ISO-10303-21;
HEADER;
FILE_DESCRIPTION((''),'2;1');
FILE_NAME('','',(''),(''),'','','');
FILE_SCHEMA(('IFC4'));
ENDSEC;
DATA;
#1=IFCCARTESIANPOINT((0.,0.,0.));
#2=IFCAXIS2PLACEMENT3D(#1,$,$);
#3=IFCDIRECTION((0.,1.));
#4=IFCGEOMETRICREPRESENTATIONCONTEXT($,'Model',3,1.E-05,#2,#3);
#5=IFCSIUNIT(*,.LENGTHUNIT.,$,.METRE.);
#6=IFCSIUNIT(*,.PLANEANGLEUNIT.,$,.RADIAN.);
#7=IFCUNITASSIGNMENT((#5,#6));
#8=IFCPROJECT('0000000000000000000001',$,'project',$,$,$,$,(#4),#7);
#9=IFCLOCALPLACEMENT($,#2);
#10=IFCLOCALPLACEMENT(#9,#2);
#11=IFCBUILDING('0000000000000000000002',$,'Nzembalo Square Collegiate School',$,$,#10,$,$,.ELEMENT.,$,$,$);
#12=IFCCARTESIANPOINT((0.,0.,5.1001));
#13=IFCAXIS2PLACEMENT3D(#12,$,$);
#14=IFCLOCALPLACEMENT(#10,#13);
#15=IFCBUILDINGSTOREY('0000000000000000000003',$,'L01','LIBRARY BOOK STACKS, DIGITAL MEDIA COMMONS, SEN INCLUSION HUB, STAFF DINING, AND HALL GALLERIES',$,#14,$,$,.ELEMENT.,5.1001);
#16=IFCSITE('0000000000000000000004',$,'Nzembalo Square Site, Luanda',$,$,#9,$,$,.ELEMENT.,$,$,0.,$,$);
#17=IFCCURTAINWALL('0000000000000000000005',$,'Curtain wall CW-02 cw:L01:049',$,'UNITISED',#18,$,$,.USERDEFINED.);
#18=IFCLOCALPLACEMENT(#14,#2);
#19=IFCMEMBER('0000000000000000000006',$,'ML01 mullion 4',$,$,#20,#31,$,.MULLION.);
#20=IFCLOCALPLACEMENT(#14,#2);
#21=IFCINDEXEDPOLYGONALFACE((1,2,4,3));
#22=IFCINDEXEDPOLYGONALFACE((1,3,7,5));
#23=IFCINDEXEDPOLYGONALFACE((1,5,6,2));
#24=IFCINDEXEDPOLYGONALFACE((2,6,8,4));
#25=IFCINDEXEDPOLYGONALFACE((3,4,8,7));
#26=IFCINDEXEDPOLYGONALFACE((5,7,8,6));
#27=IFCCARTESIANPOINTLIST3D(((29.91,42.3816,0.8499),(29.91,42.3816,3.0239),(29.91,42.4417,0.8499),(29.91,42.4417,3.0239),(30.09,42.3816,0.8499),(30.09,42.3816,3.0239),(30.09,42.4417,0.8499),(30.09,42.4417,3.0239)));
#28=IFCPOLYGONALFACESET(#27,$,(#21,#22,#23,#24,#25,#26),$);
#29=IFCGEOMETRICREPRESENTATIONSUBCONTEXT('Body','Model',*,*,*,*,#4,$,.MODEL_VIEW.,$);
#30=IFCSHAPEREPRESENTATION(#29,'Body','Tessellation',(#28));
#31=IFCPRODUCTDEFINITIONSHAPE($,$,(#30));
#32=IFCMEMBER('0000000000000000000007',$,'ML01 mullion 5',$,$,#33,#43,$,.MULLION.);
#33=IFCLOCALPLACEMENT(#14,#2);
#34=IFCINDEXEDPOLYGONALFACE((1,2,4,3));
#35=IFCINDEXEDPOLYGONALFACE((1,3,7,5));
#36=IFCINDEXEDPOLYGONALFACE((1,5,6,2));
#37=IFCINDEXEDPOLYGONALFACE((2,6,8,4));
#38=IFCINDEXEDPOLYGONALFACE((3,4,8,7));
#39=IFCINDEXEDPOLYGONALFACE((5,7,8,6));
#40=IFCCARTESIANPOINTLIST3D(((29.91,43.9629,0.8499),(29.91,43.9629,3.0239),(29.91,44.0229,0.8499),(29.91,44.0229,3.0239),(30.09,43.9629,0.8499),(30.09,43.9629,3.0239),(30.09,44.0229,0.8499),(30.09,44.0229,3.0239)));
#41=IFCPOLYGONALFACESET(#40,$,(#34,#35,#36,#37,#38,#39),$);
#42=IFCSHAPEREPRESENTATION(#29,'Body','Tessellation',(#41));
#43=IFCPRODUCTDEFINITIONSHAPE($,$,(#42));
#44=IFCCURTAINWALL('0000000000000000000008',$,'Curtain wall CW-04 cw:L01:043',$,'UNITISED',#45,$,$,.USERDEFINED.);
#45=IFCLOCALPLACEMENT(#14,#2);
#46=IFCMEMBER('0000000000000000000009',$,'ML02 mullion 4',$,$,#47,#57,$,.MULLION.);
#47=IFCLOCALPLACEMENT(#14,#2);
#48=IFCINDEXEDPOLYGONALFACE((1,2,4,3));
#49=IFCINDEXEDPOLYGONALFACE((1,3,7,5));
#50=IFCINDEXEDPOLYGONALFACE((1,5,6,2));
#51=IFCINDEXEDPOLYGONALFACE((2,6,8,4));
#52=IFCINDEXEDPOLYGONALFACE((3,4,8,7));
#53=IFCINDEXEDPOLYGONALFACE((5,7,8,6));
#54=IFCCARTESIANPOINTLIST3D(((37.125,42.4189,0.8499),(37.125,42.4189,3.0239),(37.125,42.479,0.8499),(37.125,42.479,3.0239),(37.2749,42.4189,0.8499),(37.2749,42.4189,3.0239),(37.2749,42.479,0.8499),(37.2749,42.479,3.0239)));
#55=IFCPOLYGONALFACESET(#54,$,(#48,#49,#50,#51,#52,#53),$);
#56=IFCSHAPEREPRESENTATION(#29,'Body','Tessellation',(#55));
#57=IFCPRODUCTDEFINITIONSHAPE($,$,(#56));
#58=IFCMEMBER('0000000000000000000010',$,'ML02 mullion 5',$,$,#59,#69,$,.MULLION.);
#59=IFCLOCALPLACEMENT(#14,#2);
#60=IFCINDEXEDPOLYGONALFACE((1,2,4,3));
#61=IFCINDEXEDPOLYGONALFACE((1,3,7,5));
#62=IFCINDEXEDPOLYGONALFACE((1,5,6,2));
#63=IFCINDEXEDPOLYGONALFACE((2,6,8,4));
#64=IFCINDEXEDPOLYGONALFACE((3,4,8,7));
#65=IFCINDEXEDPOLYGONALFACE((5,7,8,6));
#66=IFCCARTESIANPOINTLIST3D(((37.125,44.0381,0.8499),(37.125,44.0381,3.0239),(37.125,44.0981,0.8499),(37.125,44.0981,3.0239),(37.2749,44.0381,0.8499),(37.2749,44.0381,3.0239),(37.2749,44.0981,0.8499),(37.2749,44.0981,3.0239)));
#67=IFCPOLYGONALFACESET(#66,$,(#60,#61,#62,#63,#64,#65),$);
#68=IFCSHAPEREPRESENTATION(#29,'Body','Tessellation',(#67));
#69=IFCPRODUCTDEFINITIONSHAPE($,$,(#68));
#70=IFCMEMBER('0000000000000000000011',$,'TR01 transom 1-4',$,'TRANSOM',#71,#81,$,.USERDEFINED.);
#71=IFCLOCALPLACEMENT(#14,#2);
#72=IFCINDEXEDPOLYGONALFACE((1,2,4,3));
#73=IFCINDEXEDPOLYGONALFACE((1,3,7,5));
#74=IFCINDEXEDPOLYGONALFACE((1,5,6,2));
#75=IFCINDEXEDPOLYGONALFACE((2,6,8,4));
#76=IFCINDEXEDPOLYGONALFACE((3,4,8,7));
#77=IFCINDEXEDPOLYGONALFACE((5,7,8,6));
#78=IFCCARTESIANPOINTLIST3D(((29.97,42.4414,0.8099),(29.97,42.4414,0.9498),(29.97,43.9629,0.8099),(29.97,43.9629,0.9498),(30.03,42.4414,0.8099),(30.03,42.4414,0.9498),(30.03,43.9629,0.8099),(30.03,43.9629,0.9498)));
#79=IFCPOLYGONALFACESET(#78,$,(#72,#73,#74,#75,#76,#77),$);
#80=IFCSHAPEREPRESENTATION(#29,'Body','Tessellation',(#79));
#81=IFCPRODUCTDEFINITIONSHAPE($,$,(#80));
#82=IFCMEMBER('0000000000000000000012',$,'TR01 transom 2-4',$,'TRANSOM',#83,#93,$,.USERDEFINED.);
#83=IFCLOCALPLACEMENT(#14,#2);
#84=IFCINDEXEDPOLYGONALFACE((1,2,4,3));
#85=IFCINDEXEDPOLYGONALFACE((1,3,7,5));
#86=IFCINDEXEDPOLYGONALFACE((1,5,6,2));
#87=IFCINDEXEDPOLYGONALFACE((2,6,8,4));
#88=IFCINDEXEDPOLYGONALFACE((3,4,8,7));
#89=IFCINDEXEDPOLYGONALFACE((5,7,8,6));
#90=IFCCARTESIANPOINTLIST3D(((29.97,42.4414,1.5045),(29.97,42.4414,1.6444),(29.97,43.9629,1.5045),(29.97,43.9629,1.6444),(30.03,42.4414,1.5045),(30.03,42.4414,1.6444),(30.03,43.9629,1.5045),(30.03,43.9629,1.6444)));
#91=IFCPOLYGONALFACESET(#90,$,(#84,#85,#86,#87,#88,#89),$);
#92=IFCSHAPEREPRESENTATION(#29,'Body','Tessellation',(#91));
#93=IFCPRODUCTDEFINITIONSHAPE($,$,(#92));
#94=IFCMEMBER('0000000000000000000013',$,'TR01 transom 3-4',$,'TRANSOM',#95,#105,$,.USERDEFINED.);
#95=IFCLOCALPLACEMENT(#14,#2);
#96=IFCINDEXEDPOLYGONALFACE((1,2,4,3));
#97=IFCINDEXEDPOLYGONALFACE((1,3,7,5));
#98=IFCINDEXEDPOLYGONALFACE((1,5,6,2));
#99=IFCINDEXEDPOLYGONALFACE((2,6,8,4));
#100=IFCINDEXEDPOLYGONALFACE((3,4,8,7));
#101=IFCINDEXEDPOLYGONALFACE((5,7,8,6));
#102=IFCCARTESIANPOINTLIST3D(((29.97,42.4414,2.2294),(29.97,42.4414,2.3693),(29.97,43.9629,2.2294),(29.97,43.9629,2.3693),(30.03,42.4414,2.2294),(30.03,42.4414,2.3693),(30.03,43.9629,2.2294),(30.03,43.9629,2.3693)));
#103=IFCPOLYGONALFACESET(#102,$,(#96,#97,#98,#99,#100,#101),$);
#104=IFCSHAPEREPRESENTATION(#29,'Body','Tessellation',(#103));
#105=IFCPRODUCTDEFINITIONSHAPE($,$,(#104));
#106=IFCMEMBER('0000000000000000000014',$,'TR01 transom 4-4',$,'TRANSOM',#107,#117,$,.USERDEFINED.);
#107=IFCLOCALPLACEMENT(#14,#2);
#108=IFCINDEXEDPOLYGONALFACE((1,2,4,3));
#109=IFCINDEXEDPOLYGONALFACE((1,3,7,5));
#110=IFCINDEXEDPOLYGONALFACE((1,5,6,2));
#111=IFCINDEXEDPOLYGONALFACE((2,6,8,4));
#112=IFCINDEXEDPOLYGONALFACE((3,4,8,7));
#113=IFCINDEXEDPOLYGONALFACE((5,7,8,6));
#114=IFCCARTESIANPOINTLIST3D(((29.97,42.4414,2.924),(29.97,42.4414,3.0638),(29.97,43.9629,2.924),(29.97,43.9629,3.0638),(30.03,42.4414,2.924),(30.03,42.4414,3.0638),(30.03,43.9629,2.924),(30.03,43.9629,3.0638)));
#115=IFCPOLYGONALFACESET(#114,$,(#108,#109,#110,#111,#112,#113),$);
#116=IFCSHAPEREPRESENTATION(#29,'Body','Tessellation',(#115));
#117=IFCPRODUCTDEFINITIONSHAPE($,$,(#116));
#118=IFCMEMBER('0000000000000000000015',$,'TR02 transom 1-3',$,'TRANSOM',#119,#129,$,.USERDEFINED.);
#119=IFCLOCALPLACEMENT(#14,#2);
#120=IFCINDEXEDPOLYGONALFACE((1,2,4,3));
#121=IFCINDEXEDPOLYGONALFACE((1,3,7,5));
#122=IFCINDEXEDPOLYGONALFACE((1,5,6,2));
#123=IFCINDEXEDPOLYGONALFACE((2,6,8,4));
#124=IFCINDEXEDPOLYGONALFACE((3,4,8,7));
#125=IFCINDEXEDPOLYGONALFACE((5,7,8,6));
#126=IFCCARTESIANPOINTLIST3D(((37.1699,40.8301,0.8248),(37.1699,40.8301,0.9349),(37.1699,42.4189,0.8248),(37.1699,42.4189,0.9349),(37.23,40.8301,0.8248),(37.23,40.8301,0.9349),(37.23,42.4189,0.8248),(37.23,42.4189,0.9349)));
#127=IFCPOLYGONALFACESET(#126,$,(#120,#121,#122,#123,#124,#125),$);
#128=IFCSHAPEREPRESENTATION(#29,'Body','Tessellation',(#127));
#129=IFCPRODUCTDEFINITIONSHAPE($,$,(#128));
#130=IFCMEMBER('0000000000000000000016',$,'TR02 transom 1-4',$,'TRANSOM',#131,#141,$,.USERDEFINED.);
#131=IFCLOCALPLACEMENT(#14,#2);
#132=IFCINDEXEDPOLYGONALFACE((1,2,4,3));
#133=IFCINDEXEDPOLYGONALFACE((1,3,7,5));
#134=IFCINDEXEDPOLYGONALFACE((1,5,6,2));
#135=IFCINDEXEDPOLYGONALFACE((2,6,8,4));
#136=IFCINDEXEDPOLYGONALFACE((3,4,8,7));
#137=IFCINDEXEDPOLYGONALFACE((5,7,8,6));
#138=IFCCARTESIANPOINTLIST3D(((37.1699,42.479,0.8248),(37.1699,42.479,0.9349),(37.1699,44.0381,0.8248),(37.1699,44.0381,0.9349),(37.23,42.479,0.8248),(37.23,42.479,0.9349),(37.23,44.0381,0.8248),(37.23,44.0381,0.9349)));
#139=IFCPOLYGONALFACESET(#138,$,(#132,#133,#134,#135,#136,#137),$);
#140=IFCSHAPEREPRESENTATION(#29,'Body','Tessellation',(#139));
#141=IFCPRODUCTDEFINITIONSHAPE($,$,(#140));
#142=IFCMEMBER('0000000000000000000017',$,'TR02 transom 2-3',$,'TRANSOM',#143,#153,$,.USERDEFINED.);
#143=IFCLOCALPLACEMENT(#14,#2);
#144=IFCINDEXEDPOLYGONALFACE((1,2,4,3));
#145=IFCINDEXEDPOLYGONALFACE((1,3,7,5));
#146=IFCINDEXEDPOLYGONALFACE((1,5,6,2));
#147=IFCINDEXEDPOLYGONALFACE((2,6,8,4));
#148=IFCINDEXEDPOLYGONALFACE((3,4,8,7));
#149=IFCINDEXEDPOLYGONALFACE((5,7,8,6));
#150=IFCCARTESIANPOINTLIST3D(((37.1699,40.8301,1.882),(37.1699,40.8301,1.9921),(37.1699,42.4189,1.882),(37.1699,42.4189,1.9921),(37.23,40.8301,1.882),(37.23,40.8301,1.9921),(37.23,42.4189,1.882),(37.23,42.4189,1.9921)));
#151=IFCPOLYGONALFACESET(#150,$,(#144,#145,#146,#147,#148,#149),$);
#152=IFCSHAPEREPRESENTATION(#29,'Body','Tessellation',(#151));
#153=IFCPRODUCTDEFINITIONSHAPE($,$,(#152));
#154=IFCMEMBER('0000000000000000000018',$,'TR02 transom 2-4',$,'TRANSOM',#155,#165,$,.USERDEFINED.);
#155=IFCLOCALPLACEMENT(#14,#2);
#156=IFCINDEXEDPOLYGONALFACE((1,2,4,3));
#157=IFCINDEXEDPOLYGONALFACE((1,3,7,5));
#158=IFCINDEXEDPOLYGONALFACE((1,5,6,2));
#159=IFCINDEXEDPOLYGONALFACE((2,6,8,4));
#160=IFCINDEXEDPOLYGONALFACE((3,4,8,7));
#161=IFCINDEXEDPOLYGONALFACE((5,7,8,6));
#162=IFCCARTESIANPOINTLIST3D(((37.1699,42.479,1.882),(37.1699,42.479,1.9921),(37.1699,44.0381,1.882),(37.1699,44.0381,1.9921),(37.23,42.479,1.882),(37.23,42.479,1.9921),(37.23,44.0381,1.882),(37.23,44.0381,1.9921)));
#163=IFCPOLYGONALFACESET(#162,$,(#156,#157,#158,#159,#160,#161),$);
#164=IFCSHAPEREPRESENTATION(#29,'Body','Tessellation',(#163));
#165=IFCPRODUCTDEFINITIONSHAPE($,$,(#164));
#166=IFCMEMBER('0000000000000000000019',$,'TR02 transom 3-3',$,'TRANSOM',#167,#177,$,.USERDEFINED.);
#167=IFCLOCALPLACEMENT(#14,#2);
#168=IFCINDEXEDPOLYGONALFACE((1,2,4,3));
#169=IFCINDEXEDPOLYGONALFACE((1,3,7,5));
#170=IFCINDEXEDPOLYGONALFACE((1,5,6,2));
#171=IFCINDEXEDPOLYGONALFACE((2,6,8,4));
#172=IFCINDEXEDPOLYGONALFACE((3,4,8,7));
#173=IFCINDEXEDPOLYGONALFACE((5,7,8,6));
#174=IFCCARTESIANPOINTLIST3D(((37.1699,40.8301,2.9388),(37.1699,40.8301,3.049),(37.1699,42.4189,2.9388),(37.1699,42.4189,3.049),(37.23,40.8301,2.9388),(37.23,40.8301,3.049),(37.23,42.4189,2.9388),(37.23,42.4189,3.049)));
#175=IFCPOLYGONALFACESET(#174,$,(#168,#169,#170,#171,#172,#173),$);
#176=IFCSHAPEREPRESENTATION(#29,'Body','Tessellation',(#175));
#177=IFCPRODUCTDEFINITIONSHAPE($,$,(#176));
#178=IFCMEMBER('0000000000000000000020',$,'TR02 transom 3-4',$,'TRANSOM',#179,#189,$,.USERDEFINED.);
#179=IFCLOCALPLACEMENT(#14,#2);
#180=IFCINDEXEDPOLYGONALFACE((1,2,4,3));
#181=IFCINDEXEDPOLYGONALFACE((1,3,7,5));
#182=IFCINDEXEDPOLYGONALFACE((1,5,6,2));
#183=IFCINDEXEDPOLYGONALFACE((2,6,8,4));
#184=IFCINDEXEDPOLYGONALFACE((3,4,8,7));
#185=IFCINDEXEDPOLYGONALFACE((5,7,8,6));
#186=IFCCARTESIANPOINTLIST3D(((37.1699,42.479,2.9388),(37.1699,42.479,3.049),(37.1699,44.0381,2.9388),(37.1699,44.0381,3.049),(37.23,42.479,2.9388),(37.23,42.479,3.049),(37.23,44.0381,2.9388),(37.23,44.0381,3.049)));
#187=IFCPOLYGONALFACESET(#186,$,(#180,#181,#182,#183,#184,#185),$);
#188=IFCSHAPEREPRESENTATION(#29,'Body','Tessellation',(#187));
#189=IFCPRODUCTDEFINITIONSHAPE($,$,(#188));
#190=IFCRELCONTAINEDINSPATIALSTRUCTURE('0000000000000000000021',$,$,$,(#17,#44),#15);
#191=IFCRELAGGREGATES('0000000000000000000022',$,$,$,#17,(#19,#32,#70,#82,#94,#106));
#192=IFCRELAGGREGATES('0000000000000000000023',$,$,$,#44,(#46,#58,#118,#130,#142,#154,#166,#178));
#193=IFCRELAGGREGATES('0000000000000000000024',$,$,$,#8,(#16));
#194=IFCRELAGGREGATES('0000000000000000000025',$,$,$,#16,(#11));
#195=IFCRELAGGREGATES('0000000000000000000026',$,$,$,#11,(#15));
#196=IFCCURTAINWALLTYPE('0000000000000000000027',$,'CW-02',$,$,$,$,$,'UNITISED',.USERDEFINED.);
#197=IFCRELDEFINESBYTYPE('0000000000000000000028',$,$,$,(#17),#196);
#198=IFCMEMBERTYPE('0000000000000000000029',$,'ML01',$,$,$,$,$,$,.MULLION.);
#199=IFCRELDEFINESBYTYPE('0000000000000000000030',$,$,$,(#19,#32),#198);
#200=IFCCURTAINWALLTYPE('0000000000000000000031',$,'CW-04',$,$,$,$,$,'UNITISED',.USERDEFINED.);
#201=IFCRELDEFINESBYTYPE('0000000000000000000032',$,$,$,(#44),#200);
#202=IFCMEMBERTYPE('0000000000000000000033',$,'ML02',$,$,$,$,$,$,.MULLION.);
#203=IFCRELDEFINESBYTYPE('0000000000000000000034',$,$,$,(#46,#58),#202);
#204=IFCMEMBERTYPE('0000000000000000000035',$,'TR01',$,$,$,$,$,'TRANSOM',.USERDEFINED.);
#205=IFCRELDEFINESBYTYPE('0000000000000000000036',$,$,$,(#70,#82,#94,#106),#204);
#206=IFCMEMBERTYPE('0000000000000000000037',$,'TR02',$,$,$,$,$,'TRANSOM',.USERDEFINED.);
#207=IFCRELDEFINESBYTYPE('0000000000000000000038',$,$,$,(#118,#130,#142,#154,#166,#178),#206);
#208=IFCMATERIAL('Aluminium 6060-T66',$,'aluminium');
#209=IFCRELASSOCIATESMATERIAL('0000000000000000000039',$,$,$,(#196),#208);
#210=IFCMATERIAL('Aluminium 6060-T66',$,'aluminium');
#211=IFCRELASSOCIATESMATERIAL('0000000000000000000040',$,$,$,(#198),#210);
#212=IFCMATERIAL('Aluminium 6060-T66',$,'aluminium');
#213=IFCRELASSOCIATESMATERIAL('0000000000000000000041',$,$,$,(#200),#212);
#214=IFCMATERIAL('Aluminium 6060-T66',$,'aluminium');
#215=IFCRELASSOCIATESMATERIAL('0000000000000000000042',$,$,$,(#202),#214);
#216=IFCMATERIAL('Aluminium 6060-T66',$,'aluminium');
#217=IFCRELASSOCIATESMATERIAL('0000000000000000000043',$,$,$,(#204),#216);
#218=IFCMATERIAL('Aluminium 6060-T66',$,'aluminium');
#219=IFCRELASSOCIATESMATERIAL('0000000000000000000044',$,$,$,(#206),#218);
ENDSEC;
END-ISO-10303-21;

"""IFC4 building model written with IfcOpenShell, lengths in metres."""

from ifc_helpers import new_model, si_unit, direction, frame, origin, origin_2d, place, context, subcontext, project, spatial, rectangle, extrude, material, material_profile, profile_set, type_object, element, aggregate, save


model = new_model("IFC4")

# Units and contexts
model_context = context("Model", 3, precision=1e-05, world=origin(), true_north=direction((0.0, 1.0)))
body_context = subcontext(model_context, "Body", "Model", "MODEL_VIEW")
ifc_project = project(units=[si_unit("LENGTHUNIT", "METRE"), si_unit("PLANEANGLEUNIT", "RADIAN")], contexts=[model_context])

# Site, building, storey
site_placement = place(None, origin())
site = spatial("IfcSite", under=ifc_project, at=site_placement, Name="Nzembalo Square Site, Luanda", CompositionType="ELEMENT", RefElevation=0.0)
building_placement = place(site_placement, origin())
building = spatial("IfcBuilding", under=site, at=building_placement, Name="Nzembalo Square Collegiate School", CompositionType="ELEMENT")
storey_placement = place(building_placement, frame((0.0, 0.0, 5.1001)))
storey = spatial("IfcBuildingStorey", under=building, at=storey_placement, Name="L01", Description="LIBRARY BOOK STACKS, DIGITAL MEDIA COMMONS, SEN INCLUSION HUB, STAFF DINING, AND HALL GALLERIES", CompositionType="ELEMENT", Elevation=5.1001)

# Curtain walls, members
ifc_material_1 = material(Name="Aluminium 6060-T66", Category="aluminium")
curtain_wall_type_1 = type_object("IfcCurtainWallType", Name="CW-02", ElementType="UNITISED", PredefinedType="USERDEFINED", material=ifc_material_1)
curtain_wall_1_placement = place(storey_placement, origin())
curtain_wall_1 = element("IfcCurtainWall", 1, at=curtain_wall_1_placement, inside=storey, type_object=curtain_wall_type_1, Name="Curtain wall CW-02 cw:L01:049", ObjectType="UNITISED", PredefinedType="USERDEFINED")
ifc_material_2 = material(Name="Aluminium 6060-T66", Category="aluminium")
ifc_material_profile_1 = material_profile(ifc_material_2, rectangle(XDim=0.0601, YDim=0.1799, at=origin_2d()), Name="ALU M60x180")
ifc_profile_set_1 = profile_set([ifc_material_profile_1], Name="Aluminium 6060-T66")
member_type_1 = type_object("IfcMemberType", Name="ML01", PredefinedType="MULLION", material=ifc_profile_set_1)
member_1_placement = place(storey_placement, frame((30.0, 42.4116, 0.8499), z_axis=(0.0, 0.0, 1.0), x_axis=(0.0, 1.0, 0.0)))
member_1 = element("IfcMember", 2, at=member_1_placement, type_object=member_type_1, Name="ML01 mullion 4", PredefinedType="MULLION", context=body_context, shape_type="SweptSolid", body=[
    extrude(rectangle(XDim=0.0601, YDim=0.1799, at=origin_2d()), origin(), (0.0, 0.0, 1.0), 2.1741),
])
member_2_placement = place(storey_placement, frame((30.0, 43.9929, 0.8499), z_axis=(0.0, 0.0, 1.0), x_axis=(0.0, 1.0, 0.0)))
member_2 = element("IfcMember", 3, at=member_2_placement, type_object=member_type_1, Name="ML01 mullion 5", PredefinedType="MULLION", context=body_context, shape_type="SweptSolid", body=[
    extrude(rectangle(XDim=0.0601, YDim=0.1799, at=origin_2d()), origin(), (0.0, 0.0, 1.0), 2.1741),
])
ifc_material_3 = material(Name="Aluminium 6060-T66", Category="aluminium")
curtain_wall_type_2 = type_object("IfcCurtainWallType", Name="CW-04", ElementType="UNITISED", PredefinedType="USERDEFINED", material=ifc_material_3)
curtain_wall_2_placement = place(storey_placement, origin())
curtain_wall_2 = element("IfcCurtainWall", 4, at=curtain_wall_2_placement, inside=storey, type_object=curtain_wall_type_2, Name="Curtain wall CW-04 cw:L01:043", ObjectType="UNITISED", PredefinedType="USERDEFINED")
ifc_material_4 = material(Name="Aluminium 6060-T66", Category="aluminium")
ifc_material_profile_2 = material_profile(ifc_material_4, rectangle(XDim=0.0601, YDim=0.1499, at=origin_2d()), Name="ALU M60x150")
ifc_profile_set_2 = profile_set([ifc_material_profile_2], Name="Aluminium 6060-T66")
member_type_2 = type_object("IfcMemberType", Name="ML02", PredefinedType="MULLION", material=ifc_profile_set_2)
member_3_placement = place(storey_placement, frame((37.2, 42.449, 0.8499), z_axis=(0.0, 0.0, 1.0), x_axis=(0.0, 1.0, 0.0)))
member_3 = element("IfcMember", 5, at=member_3_placement, type_object=member_type_2, Name="ML02 mullion 4", PredefinedType="MULLION", context=body_context, shape_type="SweptSolid", body=[
    extrude(rectangle(XDim=0.0601, YDim=0.1499, at=origin_2d()), origin(), (0.0, 0.0, 1.0), 2.1741),
])
member_4_placement = place(storey_placement, frame((37.2, 44.0681, 0.8499), z_axis=(0.0, 0.0, 1.0), x_axis=(0.0, 1.0, 0.0)))
member_4 = element("IfcMember", 6, at=member_4_placement, type_object=member_type_2, Name="ML02 mullion 5", PredefinedType="MULLION", context=body_context, shape_type="SweptSolid", body=[
    extrude(rectangle(XDim=0.0601, YDim=0.1499, at=origin_2d()), origin(), (0.0, 0.0, 1.0), 2.1741),
])

# Members
ifc_material_5 = material(Name="Aluminium 6060-T66", Category="aluminium")
ifc_material_profile_3 = material_profile(ifc_material_5, rectangle(XDim=0.0601, YDim=0.1399, at=origin_2d()), Name="ALU T60x140")
ifc_profile_set_3 = profile_set([ifc_material_profile_3], Name="Aluminium 6060-T66")
member_type_3 = type_object("IfcMemberType", Name="TR01", ElementType="TRANSOM", PredefinedType="USERDEFINED", material=ifc_profile_set_3)
member_5_placement = place(storey_placement, frame((30.0, 42.4414, 0.8799), z_axis=(0.0, 1.0, 0.0), x_axis=(-1.0, 0.0, 0.0)))
member_5 = element("IfcMember", 7, at=member_5_placement, type_object=member_type_3, Name="TR01 transom 1-4", ObjectType="TRANSOM", PredefinedType="USERDEFINED", context=body_context, shape_type="SweptSolid", body=[
    extrude(rectangle(XDim=0.0601, YDim=0.1399, at=origin_2d()), origin(), (0.0, 0.0, 1.0), 1.5215),
])
member_6_placement = place(storey_placement, frame((30.0, 42.4414, 1.5745), z_axis=(0.0, 1.0, 0.0), x_axis=(-1.0, 0.0, 0.0)))
member_6 = element("IfcMember", 8, at=member_6_placement, type_object=member_type_3, Name="TR01 transom 2-4", ObjectType="TRANSOM", PredefinedType="USERDEFINED", context=body_context, shape_type="SweptSolid", body=[
    extrude(rectangle(XDim=0.0601, YDim=0.1399, at=origin_2d()), origin(), (0.0, 0.0, 1.0), 1.5215),
])
member_7_placement = place(storey_placement, frame((30.0, 42.4414, 2.2993), z_axis=(0.0, 1.0, 0.0), x_axis=(-1.0, 0.0, 0.0)))
member_7 = element("IfcMember", 9, at=member_7_placement, type_object=member_type_3, Name="TR01 transom 3-4", ObjectType="TRANSOM", PredefinedType="USERDEFINED", context=body_context, shape_type="SweptSolid", body=[
    extrude(rectangle(XDim=0.0601, YDim=0.1399, at=origin_2d()), origin(), (0.0, 0.0, 1.0), 1.5215),
])
member_8_placement = place(storey_placement, frame((30.0, 42.4414, 2.9939), z_axis=(0.0, 1.0, 0.0), x_axis=(-1.0, 0.0, 0.0)))
member_8 = element("IfcMember", 10, at=member_8_placement, type_object=member_type_3, Name="TR01 transom 4-4", ObjectType="TRANSOM", PredefinedType="USERDEFINED", context=body_context, shape_type="SweptSolid", body=[
    extrude(rectangle(XDim=0.0601, YDim=0.1399, at=origin_2d()), origin(), (0.0, 0.0, 1.0), 1.5215),
])
ifc_material_6 = material(Name="Aluminium 6060-T66", Category="aluminium")
ifc_material_profile_4 = material_profile(ifc_material_6, rectangle(XDim=0.0601, YDim=0.1101, at=origin_2d()), Name="ALU T60x110")
ifc_profile_set_4 = profile_set([ifc_material_profile_4], Name="Aluminium 6060-T66")
member_type_4 = type_object("IfcMemberType", Name="TR02", ElementType="TRANSOM", PredefinedType="USERDEFINED", material=ifc_profile_set_4)
member_9_placement = place(storey_placement, frame((37.2, 40.8301, 0.8799), z_axis=(0.0, 1.0, 0.0), x_axis=(-1.0, 0.0, 0.0)))
member_9 = element("IfcMember", 11, at=member_9_placement, type_object=member_type_4, Name="TR02 transom 1-3", ObjectType="TRANSOM", PredefinedType="USERDEFINED", context=body_context, shape_type="SweptSolid", body=[
    extrude(rectangle(XDim=0.0601, YDim=0.1101, at=origin_2d()), origin(), (0.0, 0.0, 1.0), 1.5889),
])
member_10_placement = place(storey_placement, frame((37.2, 42.479, 0.8799), z_axis=(0.0, 1.0, 0.0), x_axis=(-1.0, 0.0, 0.0)))
member_10 = element("IfcMember", 12, at=member_10_placement, type_object=member_type_4, Name="TR02 transom 1-4", ObjectType="TRANSOM", PredefinedType="USERDEFINED", context=body_context, shape_type="SweptSolid", body=[
    extrude(rectangle(XDim=0.0601, YDim=0.1101, at=origin_2d()), origin(), (0.0, 0.0, 1.0), 1.5591),
])
member_11_placement = place(storey_placement, frame((37.2, 40.8301, 1.937), z_axis=(0.0, 1.0, 0.0), x_axis=(-1.0, 0.0, 0.0)))
member_11 = element("IfcMember", 13, at=member_11_placement, type_object=member_type_4, Name="TR02 transom 2-3", ObjectType="TRANSOM", PredefinedType="USERDEFINED", context=body_context, shape_type="SweptSolid", body=[
    extrude(rectangle(XDim=0.0601, YDim=0.1101, at=origin_2d()), origin(), (0.0, 0.0, 1.0), 1.5889),
])
member_12_placement = place(storey_placement, frame((37.2, 42.479, 1.937), z_axis=(0.0, 1.0, 0.0), x_axis=(-1.0, 0.0, 0.0)))
member_12 = element("IfcMember", 14, at=member_12_placement, type_object=member_type_4, Name="TR02 transom 2-4", ObjectType="TRANSOM", PredefinedType="USERDEFINED", context=body_context, shape_type="SweptSolid", body=[
    extrude(rectangle(XDim=0.0601, YDim=0.1101, at=origin_2d()), origin(), (0.0, 0.0, 1.0), 1.5591),
])
member_13_placement = place(storey_placement, frame((37.2, 40.8301, 2.9939), z_axis=(0.0, 1.0, 0.0), x_axis=(-1.0, 0.0, 0.0)))
member_13 = element("IfcMember", 15, at=member_13_placement, type_object=member_type_4, Name="TR02 transom 3-3", ObjectType="TRANSOM", PredefinedType="USERDEFINED", context=body_context, shape_type="SweptSolid", body=[
    extrude(rectangle(XDim=0.0601, YDim=0.1101, at=origin_2d()), origin(), (0.0, 0.0, 1.0), 1.5889),
])
member_14_placement = place(storey_placement, frame((37.2, 42.479, 2.9939), z_axis=(0.0, 1.0, 0.0), x_axis=(-1.0, 0.0, 0.0)))
member_14 = element("IfcMember", 16, at=member_14_placement, type_object=member_type_4, Name="TR02 transom 3-4", ObjectType="TRANSOM", PredefinedType="USERDEFINED", context=body_context, shape_type="SweptSolid", body=[
    extrude(rectangle(XDim=0.0601, YDim=0.1101, at=origin_2d()), origin(), (0.0, 0.0, 1.0), 1.5591),
])

aggregate(curtain_wall_1, [member_1, member_2, member_5, member_6, member_7, member_8])
aggregate(curtain_wall_2, [member_3, member_4, member_9, member_10, member_11, member_12, member_13, member_14])

save(model, "model.ifc")
